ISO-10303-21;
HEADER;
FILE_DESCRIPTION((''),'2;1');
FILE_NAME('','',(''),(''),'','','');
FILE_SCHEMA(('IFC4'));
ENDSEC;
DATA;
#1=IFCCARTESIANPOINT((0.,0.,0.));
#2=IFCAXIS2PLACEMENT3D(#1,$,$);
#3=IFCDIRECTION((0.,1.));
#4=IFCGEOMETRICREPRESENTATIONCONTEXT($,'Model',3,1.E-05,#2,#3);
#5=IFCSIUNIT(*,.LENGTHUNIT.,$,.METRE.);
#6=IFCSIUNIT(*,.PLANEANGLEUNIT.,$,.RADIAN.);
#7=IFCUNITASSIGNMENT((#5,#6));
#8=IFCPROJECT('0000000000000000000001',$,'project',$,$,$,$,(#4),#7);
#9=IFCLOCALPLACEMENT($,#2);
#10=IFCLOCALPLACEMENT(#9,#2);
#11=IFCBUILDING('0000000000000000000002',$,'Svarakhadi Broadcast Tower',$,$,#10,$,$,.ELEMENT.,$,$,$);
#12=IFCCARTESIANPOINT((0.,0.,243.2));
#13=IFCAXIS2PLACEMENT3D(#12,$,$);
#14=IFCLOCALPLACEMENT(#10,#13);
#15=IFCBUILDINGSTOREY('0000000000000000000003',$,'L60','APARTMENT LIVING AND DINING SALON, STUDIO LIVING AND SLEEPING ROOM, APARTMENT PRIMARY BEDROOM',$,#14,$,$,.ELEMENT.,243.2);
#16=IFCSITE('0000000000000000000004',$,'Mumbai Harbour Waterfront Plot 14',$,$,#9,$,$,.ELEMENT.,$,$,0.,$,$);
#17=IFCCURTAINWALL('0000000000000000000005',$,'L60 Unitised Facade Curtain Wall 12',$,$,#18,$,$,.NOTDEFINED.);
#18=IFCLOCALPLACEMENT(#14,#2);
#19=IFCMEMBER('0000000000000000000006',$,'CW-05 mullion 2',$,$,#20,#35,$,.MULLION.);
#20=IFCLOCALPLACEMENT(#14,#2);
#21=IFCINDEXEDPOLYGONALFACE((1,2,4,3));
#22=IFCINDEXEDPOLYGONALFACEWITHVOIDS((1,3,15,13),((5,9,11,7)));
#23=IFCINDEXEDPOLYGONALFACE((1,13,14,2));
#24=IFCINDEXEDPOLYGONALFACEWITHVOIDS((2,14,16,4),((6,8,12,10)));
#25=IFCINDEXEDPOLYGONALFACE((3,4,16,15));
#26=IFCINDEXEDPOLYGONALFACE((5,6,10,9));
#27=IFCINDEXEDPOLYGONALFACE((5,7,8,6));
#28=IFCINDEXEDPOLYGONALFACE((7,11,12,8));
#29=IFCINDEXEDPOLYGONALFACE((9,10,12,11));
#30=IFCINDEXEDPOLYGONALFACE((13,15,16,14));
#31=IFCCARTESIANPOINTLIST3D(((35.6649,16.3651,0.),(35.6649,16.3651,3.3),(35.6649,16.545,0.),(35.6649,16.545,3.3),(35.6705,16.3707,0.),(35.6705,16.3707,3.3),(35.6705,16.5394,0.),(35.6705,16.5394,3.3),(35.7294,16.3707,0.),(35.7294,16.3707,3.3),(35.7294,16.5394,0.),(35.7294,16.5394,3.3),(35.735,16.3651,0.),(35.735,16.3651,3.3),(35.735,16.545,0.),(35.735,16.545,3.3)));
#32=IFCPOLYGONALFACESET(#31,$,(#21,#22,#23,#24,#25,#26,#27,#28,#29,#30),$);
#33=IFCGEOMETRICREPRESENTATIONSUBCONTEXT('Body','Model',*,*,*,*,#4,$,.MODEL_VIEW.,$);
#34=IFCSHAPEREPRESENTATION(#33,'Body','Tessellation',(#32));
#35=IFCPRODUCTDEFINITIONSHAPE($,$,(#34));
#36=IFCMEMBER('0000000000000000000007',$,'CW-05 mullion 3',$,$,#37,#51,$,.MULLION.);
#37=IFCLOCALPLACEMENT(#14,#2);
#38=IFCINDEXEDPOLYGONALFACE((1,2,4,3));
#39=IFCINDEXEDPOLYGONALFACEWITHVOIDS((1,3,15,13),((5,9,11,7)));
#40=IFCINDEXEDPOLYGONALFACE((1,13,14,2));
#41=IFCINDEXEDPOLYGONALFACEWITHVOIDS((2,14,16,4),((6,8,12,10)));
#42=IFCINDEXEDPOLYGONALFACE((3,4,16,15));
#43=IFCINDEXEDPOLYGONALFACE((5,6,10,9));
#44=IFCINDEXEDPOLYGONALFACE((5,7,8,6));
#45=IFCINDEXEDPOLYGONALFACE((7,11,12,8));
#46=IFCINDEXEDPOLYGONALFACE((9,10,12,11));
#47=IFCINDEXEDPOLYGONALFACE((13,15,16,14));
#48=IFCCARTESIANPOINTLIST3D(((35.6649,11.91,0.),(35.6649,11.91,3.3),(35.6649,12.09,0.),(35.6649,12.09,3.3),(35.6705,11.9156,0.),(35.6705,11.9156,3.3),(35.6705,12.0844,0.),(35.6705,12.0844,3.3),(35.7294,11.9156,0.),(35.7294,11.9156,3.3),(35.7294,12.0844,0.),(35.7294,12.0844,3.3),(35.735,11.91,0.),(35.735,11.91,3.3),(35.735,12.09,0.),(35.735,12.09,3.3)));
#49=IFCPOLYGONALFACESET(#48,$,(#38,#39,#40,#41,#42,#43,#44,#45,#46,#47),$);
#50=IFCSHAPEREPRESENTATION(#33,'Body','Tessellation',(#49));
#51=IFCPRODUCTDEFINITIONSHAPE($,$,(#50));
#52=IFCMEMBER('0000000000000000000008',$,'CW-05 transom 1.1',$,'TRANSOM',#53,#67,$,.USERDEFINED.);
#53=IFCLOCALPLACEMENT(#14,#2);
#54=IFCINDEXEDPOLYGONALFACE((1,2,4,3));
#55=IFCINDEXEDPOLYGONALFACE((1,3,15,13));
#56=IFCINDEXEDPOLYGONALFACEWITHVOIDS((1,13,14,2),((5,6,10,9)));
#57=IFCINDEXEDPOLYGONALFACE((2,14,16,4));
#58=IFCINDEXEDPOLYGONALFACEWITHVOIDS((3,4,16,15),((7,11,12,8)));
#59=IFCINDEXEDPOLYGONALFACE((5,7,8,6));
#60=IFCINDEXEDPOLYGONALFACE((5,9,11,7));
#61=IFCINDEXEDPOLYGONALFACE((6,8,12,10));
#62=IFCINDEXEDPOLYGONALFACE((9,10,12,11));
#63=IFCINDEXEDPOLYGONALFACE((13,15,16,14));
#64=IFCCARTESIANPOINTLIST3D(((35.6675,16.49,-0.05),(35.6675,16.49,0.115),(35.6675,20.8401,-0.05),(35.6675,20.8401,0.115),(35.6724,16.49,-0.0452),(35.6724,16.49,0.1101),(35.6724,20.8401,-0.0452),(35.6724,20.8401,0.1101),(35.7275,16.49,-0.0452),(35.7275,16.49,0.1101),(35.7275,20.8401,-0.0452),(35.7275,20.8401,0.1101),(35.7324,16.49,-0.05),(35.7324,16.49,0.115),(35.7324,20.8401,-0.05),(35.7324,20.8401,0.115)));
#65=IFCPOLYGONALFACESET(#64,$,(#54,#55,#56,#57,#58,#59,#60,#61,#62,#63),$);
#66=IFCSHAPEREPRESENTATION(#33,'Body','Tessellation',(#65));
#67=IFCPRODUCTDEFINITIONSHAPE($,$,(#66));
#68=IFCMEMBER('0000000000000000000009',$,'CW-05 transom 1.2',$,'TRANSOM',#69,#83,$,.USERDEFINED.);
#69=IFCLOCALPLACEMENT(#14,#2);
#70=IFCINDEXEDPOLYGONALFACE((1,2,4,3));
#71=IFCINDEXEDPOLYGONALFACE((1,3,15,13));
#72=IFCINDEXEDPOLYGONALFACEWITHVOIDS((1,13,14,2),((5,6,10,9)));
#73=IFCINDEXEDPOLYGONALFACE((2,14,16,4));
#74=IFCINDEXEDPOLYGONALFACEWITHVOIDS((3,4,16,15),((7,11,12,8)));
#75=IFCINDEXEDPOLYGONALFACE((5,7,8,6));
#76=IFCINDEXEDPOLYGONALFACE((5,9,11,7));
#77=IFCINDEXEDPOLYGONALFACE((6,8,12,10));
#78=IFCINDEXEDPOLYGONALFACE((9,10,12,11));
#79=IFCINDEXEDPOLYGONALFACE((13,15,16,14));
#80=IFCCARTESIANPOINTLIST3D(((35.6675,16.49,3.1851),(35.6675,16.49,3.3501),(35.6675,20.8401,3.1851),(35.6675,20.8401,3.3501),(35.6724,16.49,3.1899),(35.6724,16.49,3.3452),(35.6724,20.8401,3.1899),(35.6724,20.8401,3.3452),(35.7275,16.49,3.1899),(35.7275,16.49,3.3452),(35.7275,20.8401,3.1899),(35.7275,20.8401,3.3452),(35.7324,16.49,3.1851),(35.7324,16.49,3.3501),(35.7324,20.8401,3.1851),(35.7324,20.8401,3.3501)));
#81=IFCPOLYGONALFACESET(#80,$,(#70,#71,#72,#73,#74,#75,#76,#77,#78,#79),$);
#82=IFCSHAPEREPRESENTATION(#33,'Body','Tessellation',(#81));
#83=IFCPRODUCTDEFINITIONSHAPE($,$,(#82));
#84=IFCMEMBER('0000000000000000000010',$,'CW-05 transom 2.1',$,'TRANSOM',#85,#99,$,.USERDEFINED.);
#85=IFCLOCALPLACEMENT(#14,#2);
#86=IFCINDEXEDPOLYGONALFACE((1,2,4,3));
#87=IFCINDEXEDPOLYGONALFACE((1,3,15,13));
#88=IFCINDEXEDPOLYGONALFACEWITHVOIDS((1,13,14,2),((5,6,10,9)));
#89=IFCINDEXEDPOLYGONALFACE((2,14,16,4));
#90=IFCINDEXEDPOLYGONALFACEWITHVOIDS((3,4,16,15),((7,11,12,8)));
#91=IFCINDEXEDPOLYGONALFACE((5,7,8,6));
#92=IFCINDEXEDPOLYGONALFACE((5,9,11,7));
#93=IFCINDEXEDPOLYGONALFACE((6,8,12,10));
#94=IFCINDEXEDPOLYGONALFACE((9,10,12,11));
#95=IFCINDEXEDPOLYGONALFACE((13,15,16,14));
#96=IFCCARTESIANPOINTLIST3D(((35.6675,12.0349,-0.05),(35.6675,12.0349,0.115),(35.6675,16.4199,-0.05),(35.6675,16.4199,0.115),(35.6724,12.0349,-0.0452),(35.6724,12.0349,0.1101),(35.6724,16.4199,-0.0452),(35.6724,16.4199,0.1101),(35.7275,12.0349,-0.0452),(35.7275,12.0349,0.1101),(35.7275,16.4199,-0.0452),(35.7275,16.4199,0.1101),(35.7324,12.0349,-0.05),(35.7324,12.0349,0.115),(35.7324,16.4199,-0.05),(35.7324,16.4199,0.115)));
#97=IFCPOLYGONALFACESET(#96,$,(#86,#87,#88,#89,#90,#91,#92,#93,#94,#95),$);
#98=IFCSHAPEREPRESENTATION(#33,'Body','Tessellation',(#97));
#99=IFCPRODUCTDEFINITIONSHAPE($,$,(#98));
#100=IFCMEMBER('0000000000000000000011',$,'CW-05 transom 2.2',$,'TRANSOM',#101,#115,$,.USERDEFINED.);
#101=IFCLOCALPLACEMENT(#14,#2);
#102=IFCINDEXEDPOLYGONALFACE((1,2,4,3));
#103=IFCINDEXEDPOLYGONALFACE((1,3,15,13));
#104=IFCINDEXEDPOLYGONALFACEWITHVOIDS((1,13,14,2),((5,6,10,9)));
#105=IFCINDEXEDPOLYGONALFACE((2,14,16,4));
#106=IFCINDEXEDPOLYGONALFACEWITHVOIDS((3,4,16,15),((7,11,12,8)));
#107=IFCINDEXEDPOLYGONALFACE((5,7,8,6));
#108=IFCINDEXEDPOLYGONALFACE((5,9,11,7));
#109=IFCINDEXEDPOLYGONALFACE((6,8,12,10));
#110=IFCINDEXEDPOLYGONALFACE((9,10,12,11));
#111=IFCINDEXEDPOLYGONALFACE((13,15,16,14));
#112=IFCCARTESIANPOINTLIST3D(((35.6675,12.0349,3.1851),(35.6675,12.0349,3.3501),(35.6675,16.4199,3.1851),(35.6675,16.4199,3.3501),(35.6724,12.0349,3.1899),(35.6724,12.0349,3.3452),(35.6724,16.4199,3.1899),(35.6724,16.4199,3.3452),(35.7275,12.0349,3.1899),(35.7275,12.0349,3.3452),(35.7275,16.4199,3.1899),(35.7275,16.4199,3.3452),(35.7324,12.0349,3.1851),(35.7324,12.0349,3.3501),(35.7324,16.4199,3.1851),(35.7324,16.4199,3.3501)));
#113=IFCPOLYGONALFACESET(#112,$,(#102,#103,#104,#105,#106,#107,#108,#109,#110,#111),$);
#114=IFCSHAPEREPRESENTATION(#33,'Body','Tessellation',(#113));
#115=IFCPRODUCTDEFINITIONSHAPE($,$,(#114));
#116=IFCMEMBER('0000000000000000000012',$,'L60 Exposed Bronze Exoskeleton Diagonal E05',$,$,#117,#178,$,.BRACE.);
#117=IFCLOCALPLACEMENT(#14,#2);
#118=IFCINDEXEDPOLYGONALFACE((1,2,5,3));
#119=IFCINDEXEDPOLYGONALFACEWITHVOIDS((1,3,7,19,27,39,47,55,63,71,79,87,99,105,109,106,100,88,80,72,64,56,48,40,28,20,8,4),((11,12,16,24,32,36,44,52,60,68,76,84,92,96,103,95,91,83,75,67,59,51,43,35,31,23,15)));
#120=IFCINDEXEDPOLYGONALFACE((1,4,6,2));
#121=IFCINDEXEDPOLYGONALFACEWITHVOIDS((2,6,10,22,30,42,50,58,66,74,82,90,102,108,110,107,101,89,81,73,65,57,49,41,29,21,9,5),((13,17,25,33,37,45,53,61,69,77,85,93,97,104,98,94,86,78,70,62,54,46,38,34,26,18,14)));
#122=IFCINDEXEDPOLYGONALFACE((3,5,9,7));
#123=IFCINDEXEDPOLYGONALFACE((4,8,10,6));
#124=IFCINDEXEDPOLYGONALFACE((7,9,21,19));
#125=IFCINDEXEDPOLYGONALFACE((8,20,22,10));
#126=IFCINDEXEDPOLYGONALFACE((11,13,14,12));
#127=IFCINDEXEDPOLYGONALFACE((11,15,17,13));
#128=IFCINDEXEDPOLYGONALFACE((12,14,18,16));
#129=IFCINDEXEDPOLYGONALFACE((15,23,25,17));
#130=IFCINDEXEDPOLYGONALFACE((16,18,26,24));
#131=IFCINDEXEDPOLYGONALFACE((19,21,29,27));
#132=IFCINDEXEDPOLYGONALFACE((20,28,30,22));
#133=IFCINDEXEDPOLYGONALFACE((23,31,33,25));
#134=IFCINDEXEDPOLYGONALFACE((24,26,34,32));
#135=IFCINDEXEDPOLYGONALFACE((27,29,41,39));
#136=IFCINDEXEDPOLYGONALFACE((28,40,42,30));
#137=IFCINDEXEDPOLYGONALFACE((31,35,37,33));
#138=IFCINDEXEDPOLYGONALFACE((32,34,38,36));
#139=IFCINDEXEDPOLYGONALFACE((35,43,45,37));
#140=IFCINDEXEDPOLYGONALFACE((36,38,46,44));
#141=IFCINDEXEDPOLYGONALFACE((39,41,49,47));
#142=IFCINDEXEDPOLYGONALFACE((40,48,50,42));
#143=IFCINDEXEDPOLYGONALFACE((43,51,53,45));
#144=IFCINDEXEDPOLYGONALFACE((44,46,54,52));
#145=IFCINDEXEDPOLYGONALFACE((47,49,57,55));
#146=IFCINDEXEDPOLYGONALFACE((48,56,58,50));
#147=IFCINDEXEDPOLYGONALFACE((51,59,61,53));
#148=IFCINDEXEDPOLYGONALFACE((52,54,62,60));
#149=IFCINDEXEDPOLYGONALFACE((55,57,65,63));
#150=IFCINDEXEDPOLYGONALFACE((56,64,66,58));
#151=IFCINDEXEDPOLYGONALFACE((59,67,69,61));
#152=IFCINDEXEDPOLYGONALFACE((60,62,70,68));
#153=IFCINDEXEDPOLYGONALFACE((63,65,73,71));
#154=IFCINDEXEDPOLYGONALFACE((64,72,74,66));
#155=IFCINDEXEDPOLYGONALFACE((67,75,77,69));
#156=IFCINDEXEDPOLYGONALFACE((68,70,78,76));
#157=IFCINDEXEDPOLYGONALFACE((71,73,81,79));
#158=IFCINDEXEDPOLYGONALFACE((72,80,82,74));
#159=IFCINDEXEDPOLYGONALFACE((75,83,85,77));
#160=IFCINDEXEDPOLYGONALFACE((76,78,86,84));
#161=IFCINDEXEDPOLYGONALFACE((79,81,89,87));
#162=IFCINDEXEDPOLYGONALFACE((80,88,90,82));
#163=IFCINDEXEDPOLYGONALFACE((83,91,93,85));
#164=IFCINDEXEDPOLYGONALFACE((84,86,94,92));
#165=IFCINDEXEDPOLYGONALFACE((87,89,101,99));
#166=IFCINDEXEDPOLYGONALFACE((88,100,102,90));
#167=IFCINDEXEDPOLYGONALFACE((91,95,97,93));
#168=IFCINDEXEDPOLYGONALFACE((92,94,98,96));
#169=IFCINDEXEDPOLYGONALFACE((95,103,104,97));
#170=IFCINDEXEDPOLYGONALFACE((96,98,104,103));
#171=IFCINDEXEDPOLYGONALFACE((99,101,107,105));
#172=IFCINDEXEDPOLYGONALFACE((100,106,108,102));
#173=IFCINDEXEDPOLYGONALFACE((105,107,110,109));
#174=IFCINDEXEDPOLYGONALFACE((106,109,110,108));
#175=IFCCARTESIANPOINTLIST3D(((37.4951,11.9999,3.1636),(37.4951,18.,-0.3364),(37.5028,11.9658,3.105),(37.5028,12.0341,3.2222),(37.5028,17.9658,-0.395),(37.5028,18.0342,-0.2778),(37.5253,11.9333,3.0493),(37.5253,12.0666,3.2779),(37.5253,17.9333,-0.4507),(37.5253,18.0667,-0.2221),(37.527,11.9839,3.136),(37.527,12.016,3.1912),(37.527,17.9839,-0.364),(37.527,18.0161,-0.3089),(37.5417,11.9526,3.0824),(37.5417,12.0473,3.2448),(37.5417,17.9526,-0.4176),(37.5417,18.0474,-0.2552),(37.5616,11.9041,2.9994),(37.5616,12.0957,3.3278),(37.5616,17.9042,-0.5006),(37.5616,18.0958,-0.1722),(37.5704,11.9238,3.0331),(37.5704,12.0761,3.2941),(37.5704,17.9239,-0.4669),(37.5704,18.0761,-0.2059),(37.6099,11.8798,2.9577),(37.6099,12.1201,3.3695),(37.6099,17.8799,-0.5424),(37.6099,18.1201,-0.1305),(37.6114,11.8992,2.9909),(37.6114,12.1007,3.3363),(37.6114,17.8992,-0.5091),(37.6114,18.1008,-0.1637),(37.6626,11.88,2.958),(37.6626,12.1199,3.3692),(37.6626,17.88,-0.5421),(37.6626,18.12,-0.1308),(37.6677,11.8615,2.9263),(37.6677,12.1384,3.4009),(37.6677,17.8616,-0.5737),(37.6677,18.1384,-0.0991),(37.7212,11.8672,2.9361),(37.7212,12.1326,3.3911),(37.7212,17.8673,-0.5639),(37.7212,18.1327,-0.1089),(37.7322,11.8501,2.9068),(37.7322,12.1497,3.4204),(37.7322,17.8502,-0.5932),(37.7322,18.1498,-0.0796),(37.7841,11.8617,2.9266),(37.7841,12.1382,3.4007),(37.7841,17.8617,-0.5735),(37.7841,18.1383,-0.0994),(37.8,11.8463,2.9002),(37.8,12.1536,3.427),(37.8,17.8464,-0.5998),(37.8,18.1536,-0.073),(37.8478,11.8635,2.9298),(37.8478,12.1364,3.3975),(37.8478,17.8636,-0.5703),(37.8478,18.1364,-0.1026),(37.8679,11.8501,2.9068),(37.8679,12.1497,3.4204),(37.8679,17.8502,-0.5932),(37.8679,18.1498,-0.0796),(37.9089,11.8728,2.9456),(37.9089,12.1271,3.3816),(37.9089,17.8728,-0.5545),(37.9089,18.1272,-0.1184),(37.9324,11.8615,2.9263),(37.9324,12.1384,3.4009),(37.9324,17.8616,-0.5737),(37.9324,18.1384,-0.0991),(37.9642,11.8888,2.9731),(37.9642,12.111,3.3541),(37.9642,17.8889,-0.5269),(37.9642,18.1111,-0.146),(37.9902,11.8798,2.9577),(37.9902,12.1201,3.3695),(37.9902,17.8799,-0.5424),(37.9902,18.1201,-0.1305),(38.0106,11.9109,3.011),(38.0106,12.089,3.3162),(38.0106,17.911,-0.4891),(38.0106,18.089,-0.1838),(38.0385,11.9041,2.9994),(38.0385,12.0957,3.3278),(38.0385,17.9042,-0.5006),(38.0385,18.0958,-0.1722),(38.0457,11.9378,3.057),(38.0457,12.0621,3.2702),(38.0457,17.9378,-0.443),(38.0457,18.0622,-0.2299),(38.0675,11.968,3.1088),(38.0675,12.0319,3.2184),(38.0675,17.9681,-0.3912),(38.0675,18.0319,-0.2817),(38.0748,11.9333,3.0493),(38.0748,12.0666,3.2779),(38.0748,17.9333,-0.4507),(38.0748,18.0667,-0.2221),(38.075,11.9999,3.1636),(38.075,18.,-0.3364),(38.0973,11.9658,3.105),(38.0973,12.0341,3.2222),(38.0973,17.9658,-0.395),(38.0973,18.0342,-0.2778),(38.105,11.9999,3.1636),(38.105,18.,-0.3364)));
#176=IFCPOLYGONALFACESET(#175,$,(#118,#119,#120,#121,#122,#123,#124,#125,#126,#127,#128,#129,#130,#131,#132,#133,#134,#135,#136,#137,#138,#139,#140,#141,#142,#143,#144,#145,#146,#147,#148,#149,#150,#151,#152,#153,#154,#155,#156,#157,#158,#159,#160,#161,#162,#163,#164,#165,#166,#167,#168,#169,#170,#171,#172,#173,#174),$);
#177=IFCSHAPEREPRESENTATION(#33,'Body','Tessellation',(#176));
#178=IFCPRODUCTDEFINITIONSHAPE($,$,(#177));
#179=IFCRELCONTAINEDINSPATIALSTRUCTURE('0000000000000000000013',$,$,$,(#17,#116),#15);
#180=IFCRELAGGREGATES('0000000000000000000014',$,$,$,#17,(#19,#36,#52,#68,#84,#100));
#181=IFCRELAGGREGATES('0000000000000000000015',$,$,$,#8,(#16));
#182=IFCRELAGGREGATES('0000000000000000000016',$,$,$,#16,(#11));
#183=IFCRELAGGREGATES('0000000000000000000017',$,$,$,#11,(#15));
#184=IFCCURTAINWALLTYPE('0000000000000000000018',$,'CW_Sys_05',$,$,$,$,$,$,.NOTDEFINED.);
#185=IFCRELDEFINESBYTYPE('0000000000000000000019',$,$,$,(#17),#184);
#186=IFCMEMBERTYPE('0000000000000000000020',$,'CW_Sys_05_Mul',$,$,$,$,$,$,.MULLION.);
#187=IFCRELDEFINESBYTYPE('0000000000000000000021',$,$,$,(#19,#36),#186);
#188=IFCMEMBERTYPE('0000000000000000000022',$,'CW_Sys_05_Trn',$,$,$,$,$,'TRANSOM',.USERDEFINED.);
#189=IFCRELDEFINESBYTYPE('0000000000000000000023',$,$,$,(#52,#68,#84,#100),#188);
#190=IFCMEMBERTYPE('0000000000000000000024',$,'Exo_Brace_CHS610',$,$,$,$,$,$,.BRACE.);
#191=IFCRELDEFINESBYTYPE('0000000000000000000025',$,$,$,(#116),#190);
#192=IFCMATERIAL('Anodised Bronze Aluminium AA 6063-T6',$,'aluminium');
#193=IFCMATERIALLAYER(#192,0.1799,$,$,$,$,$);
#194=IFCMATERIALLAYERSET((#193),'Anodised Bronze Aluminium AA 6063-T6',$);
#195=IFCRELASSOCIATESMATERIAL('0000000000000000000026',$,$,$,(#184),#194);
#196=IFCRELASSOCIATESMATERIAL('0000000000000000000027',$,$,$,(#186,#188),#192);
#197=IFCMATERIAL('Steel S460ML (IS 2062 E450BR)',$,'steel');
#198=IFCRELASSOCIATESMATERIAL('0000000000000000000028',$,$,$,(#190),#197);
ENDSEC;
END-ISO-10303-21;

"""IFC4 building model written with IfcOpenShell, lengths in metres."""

from ifc_helpers import new_model, si_unit, direction, frame, origin, origin_2d, place, context, subcontext, project, spatial, hollow_rectangle, hollow_circle, extrude, material, layer, layer_set, material_profile, profile_set, type_object, element, aggregate, save


model = new_model("IFC4")

# Units and contexts
model_context = context("Model", 3, precision=1e-05, world=origin(), true_north=direction((0.0, 1.0)))
body_context = subcontext(model_context, "Body", "Model", "MODEL_VIEW")
ifc_project = project(units=[si_unit("LENGTHUNIT", "METRE"), si_unit("PLANEANGLEUNIT", "RADIAN")], contexts=[model_context])

# Site, building, storey
site_placement = place(None, origin())
site = spatial("IfcSite", under=ifc_project, at=site_placement, Name="Mumbai Harbour Waterfront Plot 14", CompositionType="ELEMENT", RefElevation=0.0)
building_placement = place(site_placement, origin())
building = spatial("IfcBuilding", under=site, at=building_placement, Name="Svarakhadi Broadcast Tower", CompositionType="ELEMENT")
storey_placement = place(building_placement, frame((0.0, 0.0, 243.2)))
storey = spatial("IfcBuildingStorey", under=building, at=storey_placement, Name="L60", Description="APARTMENT LIVING AND DINING SALON, STUDIO LIVING AND SLEEPING ROOM, APARTMENT PRIMARY BEDROOM", CompositionType="ELEMENT", Elevation=243.2)

# Shared definitions
ifc_material_1 = material(Name="Steel S460ML (IS 2062 E450BR)", Category="steel")

# Shared definitions
ifc_material_2 = material(Name="Anodised Bronze Aluminium AA 6063-T6", Category="aluminium")
ifc_layer_1 = layer(ifc_material_2, 0.1799)
ifc_layer_set_1 = layer_set([ifc_layer_1], Name="Anodised Bronze Aluminium AA 6063-T6")
curtain_wall_type = type_object("IfcCurtainWallType", Name="CW_Sys_05", PredefinedType="NOTDEFINED", material=ifc_layer_set_1)
ifc_material_profile_1 = material_profile(ifc_material_2, hollow_rectangle(XDim=0.0701, YDim=0.1799, WallThickness=0.0056, at=origin_2d()), Name="ALU MULLION 180x70x6")
ifc_profile_set_1 = profile_set([ifc_material_profile_1], Name="Anodised Bronze Aluminium AA 6063-T6")
member_type_1 = type_object("IfcMemberType", Name="CW_Sys_05_Mul", PredefinedType="MULLION", material=ifc_profile_set_1)

# Curtain wall, members
curtain_wall_1_placement = place(storey_placement, origin())
curtain_wall_1 = element("IfcCurtainWall", 1, at=curtain_wall_1_placement, inside=storey, type_object=curtain_wall_type, Name="L60 Unitised Facade Curtain Wall 12", PredefinedType="NOTDEFINED")
member_1_placement = place(storey_placement, frame((35.7, 16.4551, 0.0), z_axis=(0.0, 0.0, 1.0), x_axis=(1.0, 0.0, 0.0)))
member_1 = element("IfcMember", 2, at=member_1_placement, type_object=member_type_1, Name="CW-05 mullion 2", PredefinedType="MULLION", context=body_context, shape_type="SweptSolid", body=[
    extrude(hollow_rectangle(XDim=0.0701, YDim=0.1799, WallThickness=0.0056, at=origin_2d()), origin(), (0.0, 0.0, 1.0), 3.3),
])
member_2_placement = place(storey_placement, frame((35.7, 12.0, 0.0), z_axis=(0.0, 0.0, 1.0), x_axis=(1.0, 0.0, 0.0)))
member_2 = element("IfcMember", 3, at=member_2_placement, type_object=member_type_1, Name="CW-05 mullion 3", PredefinedType="MULLION", context=body_context, shape_type="SweptSolid", body=[
    extrude(hollow_rectangle(XDim=0.0701, YDim=0.1799, WallThickness=0.0056, at=origin_2d()), origin(), (0.0, 0.0, 1.0), 3.3),
])
ifc_material_profile_2 = material_profile(ifc_material_2, hollow_rectangle(XDim=0.0649, YDim=0.165, WallThickness=0.0049, at=origin_2d()), Name="ALU TRANSOM 165x65x5")
ifc_profile_set_2 = profile_set([ifc_material_profile_2], Name="Anodised Bronze Aluminium AA 6063-T6")
member_type_2 = type_object("IfcMemberType", Name="CW_Sys_05_Trn", ElementType="TRANSOM", PredefinedType="USERDEFINED", material=ifc_profile_set_2)
member_3_placement = place(storey_placement, frame((35.7, 20.8401, 0.0325), z_axis=(0.0, -1.0, 0.0), x_axis=(1.0, 0.0, 0.0)))
member_3 = element("IfcMember", 4, at=member_3_placement, type_object=member_type_2, Name="CW-05 transom 1.1", ObjectType="TRANSOM", PredefinedType="USERDEFINED", context=body_context, shape_type="SweptSolid", body=[
    extrude(hollow_rectangle(XDim=0.0649, YDim=0.165, WallThickness=0.0049, at=origin_2d()), origin(), (0.0, 0.0, 1.0), 4.3501),
])
member_4_placement = place(storey_placement, frame((35.7, 20.8401, 3.2676), z_axis=(0.0, -1.0, 0.0), x_axis=(1.0, 0.0, 0.0)))
member_4 = element("IfcMember", 5, at=member_4_placement, type_object=member_type_2, Name="CW-05 transom 1.2", ObjectType="TRANSOM", PredefinedType="USERDEFINED", context=body_context, shape_type="SweptSolid", body=[
    extrude(hollow_rectangle(XDim=0.0649, YDim=0.165, WallThickness=0.0049, at=origin_2d()), origin(), (0.0, 0.0, 1.0), 4.3501),
])
member_5_placement = place(storey_placement, frame((35.7, 16.4199, 0.0325), z_axis=(0.0, -1.0, 0.0), x_axis=(1.0, 0.0, 0.0)))
member_5 = element("IfcMember", 6, at=member_5_placement, type_object=member_type_2, Name="CW-05 transom 2.1", ObjectType="TRANSOM", PredefinedType="USERDEFINED", context=body_context, shape_type="SweptSolid", body=[
    extrude(hollow_rectangle(XDim=0.0649, YDim=0.165, WallThickness=0.0049, at=origin_2d()), origin(), (0.0, 0.0, 1.0), 4.385),
])
member_6_placement = place(storey_placement, frame((35.7, 16.4199, 3.2676), z_axis=(0.0, -1.0, 0.0), x_axis=(1.0, 0.0, 0.0)))
member_6 = element("IfcMember", 7, at=member_6_placement, type_object=member_type_2, Name="CW-05 transom 2.2", ObjectType="TRANSOM", PredefinedType="USERDEFINED", context=body_context, shape_type="SweptSolid", body=[
    extrude(hollow_rectangle(XDim=0.0649, YDim=0.165, WallThickness=0.0049, at=origin_2d()), origin(), (0.0, 0.0, 1.0), 4.385),
])

# Member
ifc_material_profile_3 = material_profile(ifc_material_1, hollow_circle(Radius=0.3049, WallThickness=0.03, at=origin_2d()), Name="CHS 610x30")
ifc_profile_set_3 = profile_set([ifc_material_profile_3], Name="Steel S460ML (IS 2062 E450BR)")
member_type_3 = type_object("IfcMemberType", Name="Exo_Brace_CHS610", PredefinedType="BRACE", material=ifc_profile_set_3)
member_7_placement = place(storey_placement, frame((37.8, 18.0, -0.3364), z_axis=(0.0, -0.863779, 0.503871), x_axis=(1.0, 0.0, 0.0)))
element("IfcMember", 8, at=member_7_placement, inside=storey, type_object=member_type_3, Name="L60 Exposed Bronze Exoskeleton Diagonal E05", PredefinedType="BRACE", context=body_context, shape_type="SweptSolid", body=[
    extrude(hollow_circle(Radius=0.3049, WallThickness=0.03, at=origin_2d()), origin(), (0.0, 0.0, 1.0), 6.9463),
])

aggregate(curtain_wall_1, [member_1, member_2, member_3, member_4, member_5, member_6])

save(model, "model.ifc")
